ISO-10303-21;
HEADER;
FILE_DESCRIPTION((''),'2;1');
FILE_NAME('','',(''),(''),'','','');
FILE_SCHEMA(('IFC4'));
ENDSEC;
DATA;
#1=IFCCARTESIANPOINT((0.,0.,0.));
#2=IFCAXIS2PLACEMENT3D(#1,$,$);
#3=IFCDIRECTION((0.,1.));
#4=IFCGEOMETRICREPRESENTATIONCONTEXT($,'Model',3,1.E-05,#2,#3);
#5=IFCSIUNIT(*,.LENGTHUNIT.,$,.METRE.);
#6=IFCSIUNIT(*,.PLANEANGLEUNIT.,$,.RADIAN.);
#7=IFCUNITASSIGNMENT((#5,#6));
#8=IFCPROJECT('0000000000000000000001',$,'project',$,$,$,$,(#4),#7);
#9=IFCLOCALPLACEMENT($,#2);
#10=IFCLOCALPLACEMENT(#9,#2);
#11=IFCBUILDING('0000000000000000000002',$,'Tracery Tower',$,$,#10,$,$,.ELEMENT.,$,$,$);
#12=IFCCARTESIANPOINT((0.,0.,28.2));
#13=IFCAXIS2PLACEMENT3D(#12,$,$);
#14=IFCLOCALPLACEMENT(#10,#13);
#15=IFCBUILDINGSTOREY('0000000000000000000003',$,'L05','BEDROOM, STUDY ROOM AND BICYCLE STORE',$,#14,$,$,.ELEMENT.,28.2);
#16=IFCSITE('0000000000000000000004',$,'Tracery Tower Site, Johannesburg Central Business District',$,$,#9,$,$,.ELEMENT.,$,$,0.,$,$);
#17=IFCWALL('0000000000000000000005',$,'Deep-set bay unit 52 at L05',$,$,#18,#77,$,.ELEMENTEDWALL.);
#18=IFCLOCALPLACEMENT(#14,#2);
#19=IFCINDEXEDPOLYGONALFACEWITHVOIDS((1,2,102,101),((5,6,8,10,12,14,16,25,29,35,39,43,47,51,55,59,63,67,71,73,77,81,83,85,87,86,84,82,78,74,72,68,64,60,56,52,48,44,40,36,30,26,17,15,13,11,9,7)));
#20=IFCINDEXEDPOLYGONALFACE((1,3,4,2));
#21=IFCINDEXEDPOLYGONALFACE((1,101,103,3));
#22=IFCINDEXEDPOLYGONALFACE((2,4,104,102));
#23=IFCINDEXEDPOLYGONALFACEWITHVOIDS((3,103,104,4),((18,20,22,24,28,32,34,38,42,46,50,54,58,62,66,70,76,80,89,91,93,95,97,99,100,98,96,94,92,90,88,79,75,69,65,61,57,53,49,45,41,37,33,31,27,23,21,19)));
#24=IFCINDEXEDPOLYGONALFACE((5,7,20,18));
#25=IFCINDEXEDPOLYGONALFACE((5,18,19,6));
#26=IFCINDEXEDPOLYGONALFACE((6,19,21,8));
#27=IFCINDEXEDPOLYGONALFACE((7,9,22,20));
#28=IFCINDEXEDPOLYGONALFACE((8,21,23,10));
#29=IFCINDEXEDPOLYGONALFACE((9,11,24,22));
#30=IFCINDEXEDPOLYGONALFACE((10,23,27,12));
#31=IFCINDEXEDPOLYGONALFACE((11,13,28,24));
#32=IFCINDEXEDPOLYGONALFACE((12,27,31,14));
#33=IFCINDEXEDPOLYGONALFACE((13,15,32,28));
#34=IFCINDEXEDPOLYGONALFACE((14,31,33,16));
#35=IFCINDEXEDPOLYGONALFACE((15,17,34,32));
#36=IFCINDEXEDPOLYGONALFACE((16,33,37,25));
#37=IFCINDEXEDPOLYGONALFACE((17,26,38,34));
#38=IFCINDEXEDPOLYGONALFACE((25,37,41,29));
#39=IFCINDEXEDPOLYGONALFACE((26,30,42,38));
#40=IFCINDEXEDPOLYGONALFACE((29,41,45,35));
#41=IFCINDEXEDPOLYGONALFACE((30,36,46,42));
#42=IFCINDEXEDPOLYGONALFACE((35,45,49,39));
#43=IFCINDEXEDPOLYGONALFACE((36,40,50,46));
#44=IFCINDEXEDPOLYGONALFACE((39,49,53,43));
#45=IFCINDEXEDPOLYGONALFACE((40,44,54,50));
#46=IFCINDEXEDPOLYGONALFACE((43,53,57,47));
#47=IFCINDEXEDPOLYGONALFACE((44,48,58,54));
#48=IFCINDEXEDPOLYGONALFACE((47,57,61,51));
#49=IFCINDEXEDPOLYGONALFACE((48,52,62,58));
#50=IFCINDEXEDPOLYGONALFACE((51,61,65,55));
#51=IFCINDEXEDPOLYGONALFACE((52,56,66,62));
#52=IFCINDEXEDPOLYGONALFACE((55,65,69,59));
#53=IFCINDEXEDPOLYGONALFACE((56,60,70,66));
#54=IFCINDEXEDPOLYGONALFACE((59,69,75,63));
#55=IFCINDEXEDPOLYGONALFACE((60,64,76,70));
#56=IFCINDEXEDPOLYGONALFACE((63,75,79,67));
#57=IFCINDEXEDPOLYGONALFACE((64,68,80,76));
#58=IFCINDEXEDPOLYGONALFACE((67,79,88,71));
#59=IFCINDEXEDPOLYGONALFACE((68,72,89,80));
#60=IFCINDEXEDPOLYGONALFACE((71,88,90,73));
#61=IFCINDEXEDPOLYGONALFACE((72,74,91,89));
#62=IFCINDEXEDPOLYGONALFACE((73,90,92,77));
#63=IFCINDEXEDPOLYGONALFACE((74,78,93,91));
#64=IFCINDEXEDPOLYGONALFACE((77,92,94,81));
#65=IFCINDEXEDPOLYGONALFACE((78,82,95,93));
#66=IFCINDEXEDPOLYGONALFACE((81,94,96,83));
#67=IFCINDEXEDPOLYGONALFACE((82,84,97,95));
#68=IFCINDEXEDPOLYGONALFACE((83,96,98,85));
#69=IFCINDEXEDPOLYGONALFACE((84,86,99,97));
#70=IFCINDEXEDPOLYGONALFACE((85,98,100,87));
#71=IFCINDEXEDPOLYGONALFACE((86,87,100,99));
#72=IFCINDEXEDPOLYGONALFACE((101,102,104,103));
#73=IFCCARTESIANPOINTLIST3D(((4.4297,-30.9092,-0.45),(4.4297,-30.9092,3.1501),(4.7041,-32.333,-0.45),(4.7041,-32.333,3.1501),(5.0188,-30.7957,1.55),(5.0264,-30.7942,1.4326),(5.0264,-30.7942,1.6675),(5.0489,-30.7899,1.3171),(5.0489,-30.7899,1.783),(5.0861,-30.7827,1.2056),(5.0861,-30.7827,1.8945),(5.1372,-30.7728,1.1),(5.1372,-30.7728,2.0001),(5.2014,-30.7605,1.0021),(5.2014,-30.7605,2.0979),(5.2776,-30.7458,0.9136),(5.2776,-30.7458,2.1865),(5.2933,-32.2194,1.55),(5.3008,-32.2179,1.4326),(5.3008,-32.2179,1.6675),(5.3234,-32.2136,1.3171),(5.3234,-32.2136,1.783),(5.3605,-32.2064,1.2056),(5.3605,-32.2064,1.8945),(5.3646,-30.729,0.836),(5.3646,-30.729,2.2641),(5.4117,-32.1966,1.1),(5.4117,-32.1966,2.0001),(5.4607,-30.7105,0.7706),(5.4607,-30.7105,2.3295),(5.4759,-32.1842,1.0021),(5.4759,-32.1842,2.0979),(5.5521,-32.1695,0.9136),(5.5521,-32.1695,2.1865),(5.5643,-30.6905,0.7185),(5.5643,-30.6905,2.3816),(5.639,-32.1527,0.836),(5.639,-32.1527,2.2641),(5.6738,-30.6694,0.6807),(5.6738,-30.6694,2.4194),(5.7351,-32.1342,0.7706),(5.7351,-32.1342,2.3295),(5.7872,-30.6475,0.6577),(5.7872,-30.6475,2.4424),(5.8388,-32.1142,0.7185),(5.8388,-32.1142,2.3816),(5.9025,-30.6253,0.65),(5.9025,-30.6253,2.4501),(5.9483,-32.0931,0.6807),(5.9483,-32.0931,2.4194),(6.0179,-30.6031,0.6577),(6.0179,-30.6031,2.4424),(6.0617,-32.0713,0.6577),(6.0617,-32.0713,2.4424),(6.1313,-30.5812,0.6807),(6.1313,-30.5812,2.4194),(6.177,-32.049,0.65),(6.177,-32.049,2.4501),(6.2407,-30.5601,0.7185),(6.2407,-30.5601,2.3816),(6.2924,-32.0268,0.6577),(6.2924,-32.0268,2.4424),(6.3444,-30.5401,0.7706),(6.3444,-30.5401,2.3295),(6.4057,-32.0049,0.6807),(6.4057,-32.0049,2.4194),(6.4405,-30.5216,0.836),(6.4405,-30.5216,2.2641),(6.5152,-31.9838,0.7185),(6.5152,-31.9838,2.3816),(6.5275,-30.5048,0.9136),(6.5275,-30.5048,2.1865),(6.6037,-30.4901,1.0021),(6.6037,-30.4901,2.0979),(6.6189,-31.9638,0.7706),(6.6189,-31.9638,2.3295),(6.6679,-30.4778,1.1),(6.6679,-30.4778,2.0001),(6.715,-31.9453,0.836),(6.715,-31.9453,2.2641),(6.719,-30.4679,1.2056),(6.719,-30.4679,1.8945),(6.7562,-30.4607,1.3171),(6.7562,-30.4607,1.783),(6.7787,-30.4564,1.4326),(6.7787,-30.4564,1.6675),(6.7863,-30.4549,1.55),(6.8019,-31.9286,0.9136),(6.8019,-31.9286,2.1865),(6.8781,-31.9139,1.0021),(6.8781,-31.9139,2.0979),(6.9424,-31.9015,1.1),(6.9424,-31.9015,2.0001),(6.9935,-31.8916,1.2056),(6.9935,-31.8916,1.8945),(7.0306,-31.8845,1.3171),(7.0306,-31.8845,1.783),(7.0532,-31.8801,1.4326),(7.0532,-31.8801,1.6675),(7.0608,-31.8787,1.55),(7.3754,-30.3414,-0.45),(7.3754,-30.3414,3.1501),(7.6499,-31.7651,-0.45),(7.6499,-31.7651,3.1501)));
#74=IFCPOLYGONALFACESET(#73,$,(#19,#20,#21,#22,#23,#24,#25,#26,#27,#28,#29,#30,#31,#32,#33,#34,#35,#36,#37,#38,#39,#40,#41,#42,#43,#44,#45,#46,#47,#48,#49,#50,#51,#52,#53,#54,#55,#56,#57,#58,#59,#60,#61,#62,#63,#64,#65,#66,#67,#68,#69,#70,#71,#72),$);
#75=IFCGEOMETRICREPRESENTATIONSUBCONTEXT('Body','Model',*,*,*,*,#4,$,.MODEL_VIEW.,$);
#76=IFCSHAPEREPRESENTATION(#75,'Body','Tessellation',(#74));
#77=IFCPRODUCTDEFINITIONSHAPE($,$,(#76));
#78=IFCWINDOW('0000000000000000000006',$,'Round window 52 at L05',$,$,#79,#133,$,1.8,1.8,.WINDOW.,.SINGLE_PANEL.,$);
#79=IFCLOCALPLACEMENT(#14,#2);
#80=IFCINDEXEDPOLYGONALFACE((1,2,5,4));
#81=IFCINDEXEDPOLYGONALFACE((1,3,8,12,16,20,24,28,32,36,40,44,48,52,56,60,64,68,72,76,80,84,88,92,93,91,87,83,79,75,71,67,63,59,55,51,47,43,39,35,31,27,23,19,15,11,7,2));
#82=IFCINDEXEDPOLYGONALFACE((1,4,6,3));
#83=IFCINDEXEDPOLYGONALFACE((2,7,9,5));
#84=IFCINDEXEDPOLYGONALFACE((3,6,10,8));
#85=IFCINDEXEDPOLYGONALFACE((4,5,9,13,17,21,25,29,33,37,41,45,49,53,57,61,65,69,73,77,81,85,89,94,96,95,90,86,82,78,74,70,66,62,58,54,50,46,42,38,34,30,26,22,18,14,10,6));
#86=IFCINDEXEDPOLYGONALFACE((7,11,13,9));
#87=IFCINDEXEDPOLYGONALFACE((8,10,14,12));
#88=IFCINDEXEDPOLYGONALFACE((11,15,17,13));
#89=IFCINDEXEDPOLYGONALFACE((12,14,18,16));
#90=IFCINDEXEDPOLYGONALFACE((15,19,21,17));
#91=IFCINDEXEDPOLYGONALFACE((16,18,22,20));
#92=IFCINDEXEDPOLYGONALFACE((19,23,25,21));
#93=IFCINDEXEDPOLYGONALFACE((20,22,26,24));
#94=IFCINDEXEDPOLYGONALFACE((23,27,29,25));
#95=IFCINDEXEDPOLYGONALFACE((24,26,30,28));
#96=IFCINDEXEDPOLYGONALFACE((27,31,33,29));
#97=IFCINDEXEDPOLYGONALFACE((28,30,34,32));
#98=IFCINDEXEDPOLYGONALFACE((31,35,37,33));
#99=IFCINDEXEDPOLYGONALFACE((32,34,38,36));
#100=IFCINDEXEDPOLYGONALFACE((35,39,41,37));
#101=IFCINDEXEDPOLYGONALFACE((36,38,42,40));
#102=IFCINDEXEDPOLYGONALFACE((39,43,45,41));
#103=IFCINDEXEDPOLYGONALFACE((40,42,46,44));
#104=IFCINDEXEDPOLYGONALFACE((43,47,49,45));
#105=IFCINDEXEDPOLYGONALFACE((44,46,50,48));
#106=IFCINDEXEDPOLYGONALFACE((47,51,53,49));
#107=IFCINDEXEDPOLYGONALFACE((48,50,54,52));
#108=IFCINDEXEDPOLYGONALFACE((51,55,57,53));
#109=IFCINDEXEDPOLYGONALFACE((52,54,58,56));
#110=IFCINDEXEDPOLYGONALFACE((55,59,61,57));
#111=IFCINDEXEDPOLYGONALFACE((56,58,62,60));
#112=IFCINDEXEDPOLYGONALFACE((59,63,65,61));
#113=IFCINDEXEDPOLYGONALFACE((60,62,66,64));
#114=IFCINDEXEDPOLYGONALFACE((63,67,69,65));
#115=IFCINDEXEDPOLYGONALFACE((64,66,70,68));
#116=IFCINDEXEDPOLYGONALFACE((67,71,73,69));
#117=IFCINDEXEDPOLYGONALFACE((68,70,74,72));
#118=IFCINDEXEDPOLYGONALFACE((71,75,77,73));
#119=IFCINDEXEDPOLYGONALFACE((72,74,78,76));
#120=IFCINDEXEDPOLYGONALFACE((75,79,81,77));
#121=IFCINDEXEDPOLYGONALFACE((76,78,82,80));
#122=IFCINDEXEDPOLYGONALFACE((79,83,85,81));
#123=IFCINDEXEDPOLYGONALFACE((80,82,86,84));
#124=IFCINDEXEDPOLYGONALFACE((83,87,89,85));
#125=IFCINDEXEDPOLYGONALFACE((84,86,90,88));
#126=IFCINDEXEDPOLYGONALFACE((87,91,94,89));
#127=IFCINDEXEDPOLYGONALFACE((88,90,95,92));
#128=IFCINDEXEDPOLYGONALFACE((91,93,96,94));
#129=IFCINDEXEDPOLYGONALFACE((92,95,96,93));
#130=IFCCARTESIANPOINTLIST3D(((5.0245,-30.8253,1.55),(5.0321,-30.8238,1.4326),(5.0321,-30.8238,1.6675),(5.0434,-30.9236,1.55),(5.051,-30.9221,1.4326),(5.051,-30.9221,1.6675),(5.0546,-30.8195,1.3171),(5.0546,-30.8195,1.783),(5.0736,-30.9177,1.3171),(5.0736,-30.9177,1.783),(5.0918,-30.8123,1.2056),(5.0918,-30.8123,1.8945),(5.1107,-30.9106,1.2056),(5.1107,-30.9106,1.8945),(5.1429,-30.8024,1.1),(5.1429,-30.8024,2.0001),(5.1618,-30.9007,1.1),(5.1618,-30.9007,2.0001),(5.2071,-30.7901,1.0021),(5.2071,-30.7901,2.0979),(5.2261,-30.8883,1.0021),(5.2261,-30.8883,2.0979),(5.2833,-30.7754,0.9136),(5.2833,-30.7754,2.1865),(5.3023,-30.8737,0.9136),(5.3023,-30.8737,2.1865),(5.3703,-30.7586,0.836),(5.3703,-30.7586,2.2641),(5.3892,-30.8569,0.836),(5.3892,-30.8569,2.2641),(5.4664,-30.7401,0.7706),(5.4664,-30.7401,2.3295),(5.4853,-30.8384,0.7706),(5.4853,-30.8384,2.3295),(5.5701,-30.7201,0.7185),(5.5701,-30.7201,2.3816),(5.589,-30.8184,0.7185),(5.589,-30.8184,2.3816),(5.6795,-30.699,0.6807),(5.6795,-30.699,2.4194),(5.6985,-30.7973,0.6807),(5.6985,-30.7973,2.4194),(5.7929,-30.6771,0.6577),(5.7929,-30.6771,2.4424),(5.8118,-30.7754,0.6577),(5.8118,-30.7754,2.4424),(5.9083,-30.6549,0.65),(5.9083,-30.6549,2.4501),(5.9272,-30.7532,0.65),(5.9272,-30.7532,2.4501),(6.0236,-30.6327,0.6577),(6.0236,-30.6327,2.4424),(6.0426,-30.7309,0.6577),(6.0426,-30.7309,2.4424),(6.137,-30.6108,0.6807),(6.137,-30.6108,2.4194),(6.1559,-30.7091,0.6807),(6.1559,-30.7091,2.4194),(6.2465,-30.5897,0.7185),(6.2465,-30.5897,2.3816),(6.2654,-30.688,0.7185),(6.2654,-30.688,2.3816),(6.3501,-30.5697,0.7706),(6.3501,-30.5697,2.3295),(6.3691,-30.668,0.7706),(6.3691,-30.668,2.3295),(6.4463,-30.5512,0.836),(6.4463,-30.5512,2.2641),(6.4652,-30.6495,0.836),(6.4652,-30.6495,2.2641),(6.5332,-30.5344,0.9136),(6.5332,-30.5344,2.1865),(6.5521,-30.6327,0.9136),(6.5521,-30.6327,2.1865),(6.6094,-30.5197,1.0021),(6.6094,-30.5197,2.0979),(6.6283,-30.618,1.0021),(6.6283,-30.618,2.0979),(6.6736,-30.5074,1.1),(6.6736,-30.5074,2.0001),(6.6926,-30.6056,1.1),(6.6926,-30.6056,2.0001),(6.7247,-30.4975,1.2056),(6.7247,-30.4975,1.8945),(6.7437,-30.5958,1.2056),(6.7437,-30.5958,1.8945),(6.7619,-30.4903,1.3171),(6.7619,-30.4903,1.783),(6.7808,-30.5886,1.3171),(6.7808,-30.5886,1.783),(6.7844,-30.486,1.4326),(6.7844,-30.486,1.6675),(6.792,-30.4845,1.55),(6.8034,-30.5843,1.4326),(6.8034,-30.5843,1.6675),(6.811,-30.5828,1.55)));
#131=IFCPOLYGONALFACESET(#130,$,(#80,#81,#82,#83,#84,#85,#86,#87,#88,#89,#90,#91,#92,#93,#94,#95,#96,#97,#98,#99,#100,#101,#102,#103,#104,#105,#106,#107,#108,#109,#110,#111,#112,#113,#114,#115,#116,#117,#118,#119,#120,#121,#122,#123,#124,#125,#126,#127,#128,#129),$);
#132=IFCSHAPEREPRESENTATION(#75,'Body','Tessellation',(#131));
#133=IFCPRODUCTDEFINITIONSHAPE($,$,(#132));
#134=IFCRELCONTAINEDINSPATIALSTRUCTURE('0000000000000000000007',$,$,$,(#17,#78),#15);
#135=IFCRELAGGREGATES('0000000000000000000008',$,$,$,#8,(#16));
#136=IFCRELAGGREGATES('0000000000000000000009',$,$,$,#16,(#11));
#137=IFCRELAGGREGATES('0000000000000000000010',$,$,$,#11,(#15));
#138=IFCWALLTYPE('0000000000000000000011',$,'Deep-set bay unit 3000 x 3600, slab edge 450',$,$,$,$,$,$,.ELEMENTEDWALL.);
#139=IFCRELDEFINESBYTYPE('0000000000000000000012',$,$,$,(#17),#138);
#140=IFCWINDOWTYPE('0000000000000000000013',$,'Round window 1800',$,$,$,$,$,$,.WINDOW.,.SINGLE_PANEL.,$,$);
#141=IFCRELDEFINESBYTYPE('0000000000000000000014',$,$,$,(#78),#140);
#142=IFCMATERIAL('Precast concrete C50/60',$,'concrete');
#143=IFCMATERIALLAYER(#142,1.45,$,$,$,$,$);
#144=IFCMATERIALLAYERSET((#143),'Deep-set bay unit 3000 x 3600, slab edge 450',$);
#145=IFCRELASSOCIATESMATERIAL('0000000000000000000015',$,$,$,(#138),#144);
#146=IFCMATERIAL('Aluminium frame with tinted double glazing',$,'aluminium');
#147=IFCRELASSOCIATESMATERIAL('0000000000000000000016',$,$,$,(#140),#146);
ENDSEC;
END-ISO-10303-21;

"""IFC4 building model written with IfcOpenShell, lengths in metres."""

from ifc_helpers import new_model, si_unit, direction, frame, frame_2d, origin, origin_2d, place, context, subcontext, project, spatial, rectangle, circle, extrude, material, layer, layer_set, type_object, element, fill, save


model = new_model("IFC4")

# Units and contexts
model_context = context("Model", 3, precision=1e-05, world=origin(), true_north=direction((0.0, 1.0)))
body_context = subcontext(model_context, "Body", "Model", "MODEL_VIEW")
ifc_project = project(units=[si_unit("LENGTHUNIT", "METRE"), si_unit("PLANEANGLEUNIT", "RADIAN")], contexts=[model_context])

# Site, building, storey
site_placement = place(None, origin())
site = spatial("IfcSite", under=ifc_project, at=site_placement, Name="Tracery Tower Site, Johannesburg Central Business District", CompositionType="ELEMENT", RefElevation=0.0)
building_placement = place(site_placement, origin())
building = spatial("IfcBuilding", under=site, at=building_placement, Name="Tracery Tower", CompositionType="ELEMENT")
storey_placement = place(building_placement, frame((0.0, 0.0, 28.2)))
storey = spatial("IfcBuildingStorey", under=building, at=storey_placement, Name="L05", Description="BEDROOM, STUDY ROOM AND BICYCLE STORE", CompositionType="ELEMENT", Elevation=28.2)

# Wall, opening, window
ifc_material_1 = material(Name="Precast concrete C50/60", Category="concrete")
ifc_layer_1 = layer(ifc_material_1, 1.45)
ifc_layer_set_1 = layer_set([ifc_layer_1], Name="Deep-set bay unit 3000 x 3600, slab edge 450")
wall_type_1 = type_object("IfcWallType", Name="Deep-set bay unit 3000 x 3600, slab edge 450", PredefinedType="ELEMENTEDWALL", material=ifc_layer_set_1)
wall_1_placement = place(storey_placement, frame((4.5669, -31.6211, -0.45), z_axis=(0.0, 0.0, 1.0), x_axis=(0.981922, 0.189288, 0.0)))
wall_1 = element("IfcWall", 1, at=wall_1_placement, inside=storey, type_object=wall_type_1, Name="Deep-set bay unit 52 at L05", PredefinedType="ELEMENTEDWALL", context=body_context, shape_type="SweptSolid", body=[
    extrude(rectangle(XDim=3.0, YDim=1.45, at=frame_2d((1.5, 0.0))), origin(), (0.0, 0.0, 1.0), 3.6001),
])
opening_1_placement = place(wall_1_placement, frame((1.5, 0.0, 2.0)))
opening_1 = element("IfcOpeningElement", 2, at=opening_1_placement, cuts=wall_1, PredefinedType="OPENING", context=body_context, shape_type="SweptSolid", body=[
    extrude(circle(Radius=0.9, at=origin_2d()), frame((0.0, 0.7349, 0.0), z_axis=(0.0, -1.0, 0.0), x_axis=(1.0, 0.0, 0.0)), (0.0, 0.0, 1.0), 1.47),
])
ifc_material_2 = material(Name="Aluminium frame with tinted double glazing", Category="aluminium")
window_type = type_object("IfcWindowType", Name="Round window 1800", PartitioningType="SINGLE_PANEL", PredefinedType="WINDOW", material=ifc_material_2)
window_1_placement = place(opening_1_placement, origin())
window_1 = element("IfcWindow", 3, at=window_1_placement, inside=storey, type_object=window_type, Name="Round window 52 at L05", OverallHeight=1.8, OverallWidth=1.8, PartitioningType="SINGLE_PANEL", PredefinedType="WINDOW", context=body_context, shape_type="SweptSolid", body=[
    extrude(circle(Radius=0.9, at=origin_2d()), frame((0.0, 0.6948, 0.0), z_axis=(0.0, -1.0, 0.0), x_axis=(1.0, 0.0, 0.0)), (0.0, 0.0, 1.0), 0.1001),
])
fill(opening_1, window_1)

save(model, "model.ifc")
